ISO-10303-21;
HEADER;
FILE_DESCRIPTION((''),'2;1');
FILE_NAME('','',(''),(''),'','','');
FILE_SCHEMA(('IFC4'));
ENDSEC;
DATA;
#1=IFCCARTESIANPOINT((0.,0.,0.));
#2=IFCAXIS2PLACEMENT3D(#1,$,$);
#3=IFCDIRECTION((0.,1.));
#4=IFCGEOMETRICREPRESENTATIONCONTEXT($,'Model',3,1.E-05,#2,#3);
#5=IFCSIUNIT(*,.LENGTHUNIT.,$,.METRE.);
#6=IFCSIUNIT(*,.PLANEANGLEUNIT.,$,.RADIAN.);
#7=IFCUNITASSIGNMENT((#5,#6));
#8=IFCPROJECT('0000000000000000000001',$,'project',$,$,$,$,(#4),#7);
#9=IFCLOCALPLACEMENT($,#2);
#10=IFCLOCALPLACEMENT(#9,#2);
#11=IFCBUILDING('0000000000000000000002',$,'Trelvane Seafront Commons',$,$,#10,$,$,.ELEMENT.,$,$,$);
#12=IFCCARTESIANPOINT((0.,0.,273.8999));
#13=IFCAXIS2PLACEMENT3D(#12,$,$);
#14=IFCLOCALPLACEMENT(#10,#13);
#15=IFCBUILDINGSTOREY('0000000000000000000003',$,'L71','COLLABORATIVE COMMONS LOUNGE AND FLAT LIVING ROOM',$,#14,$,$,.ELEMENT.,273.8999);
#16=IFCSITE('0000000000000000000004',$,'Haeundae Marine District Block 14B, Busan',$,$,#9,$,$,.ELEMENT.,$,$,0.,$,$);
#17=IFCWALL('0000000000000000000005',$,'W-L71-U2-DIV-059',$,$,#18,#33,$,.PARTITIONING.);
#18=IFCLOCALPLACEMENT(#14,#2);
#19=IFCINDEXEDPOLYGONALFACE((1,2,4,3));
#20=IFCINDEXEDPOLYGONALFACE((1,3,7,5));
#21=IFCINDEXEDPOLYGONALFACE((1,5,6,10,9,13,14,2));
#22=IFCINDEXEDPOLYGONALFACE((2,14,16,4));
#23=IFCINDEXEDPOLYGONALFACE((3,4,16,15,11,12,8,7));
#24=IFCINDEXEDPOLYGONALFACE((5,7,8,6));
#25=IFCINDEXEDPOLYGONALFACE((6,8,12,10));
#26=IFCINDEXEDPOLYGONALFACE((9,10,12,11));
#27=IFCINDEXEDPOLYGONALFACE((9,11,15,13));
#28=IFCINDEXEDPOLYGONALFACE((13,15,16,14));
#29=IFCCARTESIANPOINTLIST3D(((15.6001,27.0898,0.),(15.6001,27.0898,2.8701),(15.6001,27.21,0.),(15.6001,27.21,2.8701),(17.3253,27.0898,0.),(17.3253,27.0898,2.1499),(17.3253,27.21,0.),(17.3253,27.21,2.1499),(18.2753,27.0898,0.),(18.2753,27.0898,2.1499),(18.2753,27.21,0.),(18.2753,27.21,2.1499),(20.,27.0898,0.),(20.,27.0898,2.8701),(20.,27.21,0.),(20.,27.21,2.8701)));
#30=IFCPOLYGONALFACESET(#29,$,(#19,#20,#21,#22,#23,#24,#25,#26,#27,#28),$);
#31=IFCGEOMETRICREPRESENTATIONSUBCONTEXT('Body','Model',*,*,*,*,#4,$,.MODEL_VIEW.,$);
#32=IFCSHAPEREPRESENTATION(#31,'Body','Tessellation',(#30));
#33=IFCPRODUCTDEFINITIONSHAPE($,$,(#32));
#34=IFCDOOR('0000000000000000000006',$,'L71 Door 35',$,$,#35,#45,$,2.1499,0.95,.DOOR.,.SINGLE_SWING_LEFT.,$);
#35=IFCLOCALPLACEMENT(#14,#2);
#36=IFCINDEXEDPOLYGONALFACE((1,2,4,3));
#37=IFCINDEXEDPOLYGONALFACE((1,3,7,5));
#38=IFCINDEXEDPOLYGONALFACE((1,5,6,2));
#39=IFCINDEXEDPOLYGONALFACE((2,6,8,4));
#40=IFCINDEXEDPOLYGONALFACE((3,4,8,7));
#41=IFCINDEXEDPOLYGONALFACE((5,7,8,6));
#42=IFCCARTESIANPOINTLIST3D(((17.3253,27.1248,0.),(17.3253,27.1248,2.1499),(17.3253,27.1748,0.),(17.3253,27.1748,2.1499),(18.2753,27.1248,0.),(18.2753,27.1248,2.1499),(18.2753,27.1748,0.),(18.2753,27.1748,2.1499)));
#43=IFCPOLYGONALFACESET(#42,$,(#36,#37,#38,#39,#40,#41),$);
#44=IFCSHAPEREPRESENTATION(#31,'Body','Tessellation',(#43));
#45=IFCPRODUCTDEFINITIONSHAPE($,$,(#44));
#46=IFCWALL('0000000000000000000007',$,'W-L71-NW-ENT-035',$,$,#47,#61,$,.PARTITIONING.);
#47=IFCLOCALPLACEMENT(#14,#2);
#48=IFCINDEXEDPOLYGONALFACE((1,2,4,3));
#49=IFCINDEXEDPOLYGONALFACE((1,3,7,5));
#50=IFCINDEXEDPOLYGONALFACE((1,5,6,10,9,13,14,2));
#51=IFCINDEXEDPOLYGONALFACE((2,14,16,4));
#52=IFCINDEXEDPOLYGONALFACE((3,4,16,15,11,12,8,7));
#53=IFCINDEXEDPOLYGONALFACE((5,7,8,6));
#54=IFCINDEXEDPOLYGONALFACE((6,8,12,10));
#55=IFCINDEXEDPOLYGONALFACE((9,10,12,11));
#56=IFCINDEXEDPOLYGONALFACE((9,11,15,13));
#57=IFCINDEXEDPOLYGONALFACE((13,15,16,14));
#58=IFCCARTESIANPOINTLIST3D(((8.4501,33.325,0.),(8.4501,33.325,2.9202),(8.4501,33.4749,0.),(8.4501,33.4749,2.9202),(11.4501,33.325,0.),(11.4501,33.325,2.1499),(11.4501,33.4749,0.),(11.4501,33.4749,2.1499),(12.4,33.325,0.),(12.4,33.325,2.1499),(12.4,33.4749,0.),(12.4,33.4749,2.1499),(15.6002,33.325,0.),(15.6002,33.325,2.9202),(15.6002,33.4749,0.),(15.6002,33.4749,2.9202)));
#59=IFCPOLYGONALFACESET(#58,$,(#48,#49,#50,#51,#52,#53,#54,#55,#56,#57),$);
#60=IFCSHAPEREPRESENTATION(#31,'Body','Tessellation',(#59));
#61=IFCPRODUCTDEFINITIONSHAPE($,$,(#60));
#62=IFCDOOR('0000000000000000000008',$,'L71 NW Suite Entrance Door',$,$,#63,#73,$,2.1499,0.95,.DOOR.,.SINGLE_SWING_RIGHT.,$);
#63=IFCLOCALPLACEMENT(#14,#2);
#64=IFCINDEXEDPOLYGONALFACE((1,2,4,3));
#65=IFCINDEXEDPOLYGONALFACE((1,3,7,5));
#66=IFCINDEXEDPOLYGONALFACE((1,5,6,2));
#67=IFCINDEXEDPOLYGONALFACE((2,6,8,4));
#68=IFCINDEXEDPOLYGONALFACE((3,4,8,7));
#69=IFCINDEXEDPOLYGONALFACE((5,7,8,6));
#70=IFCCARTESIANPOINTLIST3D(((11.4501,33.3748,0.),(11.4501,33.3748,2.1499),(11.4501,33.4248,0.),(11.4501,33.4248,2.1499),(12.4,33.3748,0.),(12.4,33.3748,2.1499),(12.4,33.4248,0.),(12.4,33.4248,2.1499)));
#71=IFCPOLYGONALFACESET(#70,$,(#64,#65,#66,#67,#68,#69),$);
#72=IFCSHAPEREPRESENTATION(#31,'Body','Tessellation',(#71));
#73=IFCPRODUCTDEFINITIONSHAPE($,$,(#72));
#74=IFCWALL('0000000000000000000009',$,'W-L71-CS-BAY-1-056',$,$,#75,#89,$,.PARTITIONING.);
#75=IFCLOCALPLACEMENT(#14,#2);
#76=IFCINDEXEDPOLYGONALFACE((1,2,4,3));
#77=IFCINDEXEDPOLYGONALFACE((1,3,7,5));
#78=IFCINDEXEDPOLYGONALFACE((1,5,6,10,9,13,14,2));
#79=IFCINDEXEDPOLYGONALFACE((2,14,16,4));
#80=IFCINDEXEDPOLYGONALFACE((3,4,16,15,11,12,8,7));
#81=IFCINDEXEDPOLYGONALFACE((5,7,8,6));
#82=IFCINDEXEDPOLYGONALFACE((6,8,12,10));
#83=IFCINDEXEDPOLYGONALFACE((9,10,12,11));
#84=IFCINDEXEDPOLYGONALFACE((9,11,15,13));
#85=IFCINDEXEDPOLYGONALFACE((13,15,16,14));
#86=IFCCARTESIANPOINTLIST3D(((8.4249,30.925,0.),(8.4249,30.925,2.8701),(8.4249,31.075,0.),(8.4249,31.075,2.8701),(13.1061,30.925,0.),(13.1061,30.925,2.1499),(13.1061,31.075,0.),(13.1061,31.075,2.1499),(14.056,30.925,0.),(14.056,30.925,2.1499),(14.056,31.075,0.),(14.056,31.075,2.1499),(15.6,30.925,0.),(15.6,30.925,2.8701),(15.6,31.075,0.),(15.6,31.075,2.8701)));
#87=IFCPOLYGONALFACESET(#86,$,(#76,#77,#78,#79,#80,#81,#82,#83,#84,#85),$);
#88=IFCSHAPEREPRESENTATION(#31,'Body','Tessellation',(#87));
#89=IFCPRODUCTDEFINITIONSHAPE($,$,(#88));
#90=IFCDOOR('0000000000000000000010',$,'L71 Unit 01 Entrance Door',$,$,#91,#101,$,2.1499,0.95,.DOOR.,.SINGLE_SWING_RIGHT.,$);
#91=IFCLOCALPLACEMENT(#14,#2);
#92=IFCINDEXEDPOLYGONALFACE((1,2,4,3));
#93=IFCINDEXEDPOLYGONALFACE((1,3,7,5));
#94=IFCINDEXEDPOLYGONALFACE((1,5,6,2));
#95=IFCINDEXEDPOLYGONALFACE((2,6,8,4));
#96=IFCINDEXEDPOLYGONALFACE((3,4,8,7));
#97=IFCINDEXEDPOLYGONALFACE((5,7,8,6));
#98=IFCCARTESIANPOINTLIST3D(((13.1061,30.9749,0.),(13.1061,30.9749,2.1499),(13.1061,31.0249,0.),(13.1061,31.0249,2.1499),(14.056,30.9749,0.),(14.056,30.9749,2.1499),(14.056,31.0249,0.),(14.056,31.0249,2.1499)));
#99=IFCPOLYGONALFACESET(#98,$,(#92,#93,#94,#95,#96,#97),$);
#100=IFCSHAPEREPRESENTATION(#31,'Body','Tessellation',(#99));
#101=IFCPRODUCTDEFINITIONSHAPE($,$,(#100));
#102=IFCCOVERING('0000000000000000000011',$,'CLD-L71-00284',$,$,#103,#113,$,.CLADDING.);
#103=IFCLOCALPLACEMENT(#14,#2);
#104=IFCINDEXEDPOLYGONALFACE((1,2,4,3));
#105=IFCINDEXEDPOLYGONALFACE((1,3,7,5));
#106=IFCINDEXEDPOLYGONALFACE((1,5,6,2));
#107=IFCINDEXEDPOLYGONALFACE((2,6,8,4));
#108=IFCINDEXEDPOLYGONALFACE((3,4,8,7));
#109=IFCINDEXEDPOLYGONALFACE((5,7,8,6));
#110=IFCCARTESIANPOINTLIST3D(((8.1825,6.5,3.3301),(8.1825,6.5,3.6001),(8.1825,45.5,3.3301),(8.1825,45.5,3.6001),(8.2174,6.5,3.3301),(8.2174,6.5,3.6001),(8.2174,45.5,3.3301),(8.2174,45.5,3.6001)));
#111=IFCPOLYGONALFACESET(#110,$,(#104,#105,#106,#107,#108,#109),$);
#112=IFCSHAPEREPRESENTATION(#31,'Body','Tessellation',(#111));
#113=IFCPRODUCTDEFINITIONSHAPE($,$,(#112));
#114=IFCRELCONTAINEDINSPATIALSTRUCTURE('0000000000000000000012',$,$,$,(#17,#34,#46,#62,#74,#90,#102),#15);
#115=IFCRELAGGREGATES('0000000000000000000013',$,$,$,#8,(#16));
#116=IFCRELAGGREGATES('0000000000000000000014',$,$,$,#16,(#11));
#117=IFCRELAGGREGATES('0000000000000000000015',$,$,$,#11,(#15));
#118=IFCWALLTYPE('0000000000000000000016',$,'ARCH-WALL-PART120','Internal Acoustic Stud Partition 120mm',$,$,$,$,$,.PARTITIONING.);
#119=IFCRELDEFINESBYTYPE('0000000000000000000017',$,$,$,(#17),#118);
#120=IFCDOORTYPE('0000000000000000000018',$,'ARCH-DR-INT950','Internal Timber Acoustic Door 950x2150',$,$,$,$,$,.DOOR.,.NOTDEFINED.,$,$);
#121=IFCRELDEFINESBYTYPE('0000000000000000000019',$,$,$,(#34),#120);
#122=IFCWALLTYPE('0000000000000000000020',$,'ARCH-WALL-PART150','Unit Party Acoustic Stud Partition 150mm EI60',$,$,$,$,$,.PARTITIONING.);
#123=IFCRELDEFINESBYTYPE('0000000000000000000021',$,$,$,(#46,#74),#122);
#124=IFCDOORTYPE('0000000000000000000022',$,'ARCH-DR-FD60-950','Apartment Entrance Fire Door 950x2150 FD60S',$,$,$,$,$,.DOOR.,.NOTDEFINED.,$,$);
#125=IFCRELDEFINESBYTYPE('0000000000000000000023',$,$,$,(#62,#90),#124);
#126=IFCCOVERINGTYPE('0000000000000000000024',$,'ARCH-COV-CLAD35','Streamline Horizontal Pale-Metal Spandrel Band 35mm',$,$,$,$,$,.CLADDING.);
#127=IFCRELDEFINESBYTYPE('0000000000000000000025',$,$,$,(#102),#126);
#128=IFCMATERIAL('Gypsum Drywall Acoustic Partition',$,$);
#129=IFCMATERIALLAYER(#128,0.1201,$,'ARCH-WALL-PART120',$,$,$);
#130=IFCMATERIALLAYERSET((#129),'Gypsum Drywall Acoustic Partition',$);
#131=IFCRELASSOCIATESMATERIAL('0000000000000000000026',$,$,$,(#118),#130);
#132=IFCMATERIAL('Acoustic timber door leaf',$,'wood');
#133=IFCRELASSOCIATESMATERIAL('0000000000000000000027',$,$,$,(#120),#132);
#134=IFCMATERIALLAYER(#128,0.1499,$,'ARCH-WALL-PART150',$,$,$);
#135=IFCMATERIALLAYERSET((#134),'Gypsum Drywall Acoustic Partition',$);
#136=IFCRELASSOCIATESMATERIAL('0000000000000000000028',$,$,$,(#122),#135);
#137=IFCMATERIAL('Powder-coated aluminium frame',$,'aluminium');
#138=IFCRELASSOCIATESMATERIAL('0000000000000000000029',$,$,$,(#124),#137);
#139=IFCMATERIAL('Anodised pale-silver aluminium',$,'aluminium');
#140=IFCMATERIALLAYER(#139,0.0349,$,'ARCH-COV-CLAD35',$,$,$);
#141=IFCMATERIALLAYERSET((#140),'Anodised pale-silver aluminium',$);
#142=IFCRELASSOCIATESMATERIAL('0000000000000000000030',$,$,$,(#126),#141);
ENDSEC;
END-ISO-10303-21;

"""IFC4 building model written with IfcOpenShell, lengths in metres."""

from ifc_helpers import new_model, si_unit, direction, frame, frame_2d, origin, origin_2d, place, context, subcontext, project, spatial, rectangle, extrude, source, transform, mapped, material, layer, layer_set, type_object, element, fill, save


model = new_model("IFC4")

# Units and contexts
model_context = context("Model", 3, precision=1e-05, world=origin(), true_north=direction((0.0, 1.0)))
body_context = subcontext(model_context, "Body", "Model", "MODEL_VIEW")
ifc_project = project(units=[si_unit("LENGTHUNIT", "METRE"), si_unit("PLANEANGLEUNIT", "RADIAN")], contexts=[model_context])

# Site, building, storey
site_placement = place(None, origin())
site = spatial("IfcSite", under=ifc_project, at=site_placement, Name="Haeundae Marine District Block 14B, Busan", CompositionType="ELEMENT", RefElevation=0.0)
building_placement = place(site_placement, origin())
building = spatial("IfcBuilding", under=site, at=building_placement, Name="Trelvane Seafront Commons", CompositionType="ELEMENT")
storey_placement = place(building_placement, frame((0.0, 0.0, 273.8999)))
storey = spatial("IfcBuildingStorey", under=building, at=storey_placement, Name="L71", Description="COLLABORATIVE COMMONS LOUNGE AND FLAT LIVING ROOM", CompositionType="ELEMENT", Elevation=273.8999)

# Shared definitions
ifc_material_1 = material(Name="Gypsum Drywall Acoustic Partition")
ifc_layer_1 = layer(ifc_material_1, 0.1201, Name="ARCH-WALL-PART120")
ifc_layer_set_1 = layer_set([ifc_layer_1], Name="Gypsum Drywall Acoustic Partition")
wall_type_1 = type_object("IfcWallType", Name="ARCH-WALL-PART120", Description="Internal Acoustic Stud Partition 120mm", PredefinedType="PARTITIONING", material=ifc_layer_set_1)
ifc_material_2 = material(Name="Acoustic timber door leaf", Category="wood")
door_type_1 = type_object("IfcDoorType", Name="ARCH-DR-INT950", Description="Internal Timber Acoustic Door 950x2150", OperationType="NOTDEFINED", PredefinedType="DOOR", material=ifc_material_2)
shared_shape_1 = source(origin(), body_context, "Body", "SweptSolid", [
    extrude(rectangle(XDim=0.95, YDim=2.1499, at=frame_2d((0.4751, 1.075))), frame((0.0, 0.0249, 0.0), z_axis=(0.0, -1.0, 0.0), x_axis=(1.0, 0.0, 0.0)), (0.0, 0.0, 1.0), 0.05),
])

# Walls, openings, doors
wall_1_placement = place(storey_placement, frame((15.6001, 27.1499, 0.0), z_axis=(0.0, 0.0, 1.0), x_axis=(1.0, 0.0, 0.0)))
wall_1 = element("IfcWall", 1, at=wall_1_placement, inside=storey, type_object=wall_type_1, Name="W-L71-U2-DIV-059", PredefinedType="PARTITIONING", context=body_context, shape_type="SweptSolid", body=[
    extrude(rectangle(XDim=4.3999, YDim=0.1201, at=frame_2d((2.2, 0.0))), origin(), (0.0, 0.0, 1.0), 2.8701),
])
opening_1_placement = place(wall_1_placement, frame((1.7251, 0.0, 0.0)))
opening_1 = element("IfcOpeningElement", 2, at=opening_1_placement, cuts=wall_1, PredefinedType="OPENING", context=body_context, shape_type="SweptSolid", body=[
    extrude(rectangle(XDim=0.95, YDim=2.1499, at=frame_2d((0.4751, 1.075))), frame((0.0, 0.0701, 0.0), z_axis=(0.0, -1.0, 0.0), x_axis=(1.0, 0.0, 0.0)), (0.0, 0.0, 1.0), 0.1401),
])
door_1_placement = place(opening_1_placement, origin())
door_1 = element("IfcDoor", 3, at=door_1_placement, inside=storey, type_object=door_type_1, Name="L71 Door 35", OperationType="SINGLE_SWING_LEFT", OverallHeight=2.1499, OverallWidth=0.95, PredefinedType="DOOR", context=body_context, shape_type="MappedRepresentation", body=[
    mapped(shared_shape_1, transform((0.0, 0.0, 0.0), x_axis=(1.0, 0.0, 0.0), y_axis=(0.0, 1.0, 0.0), z_axis=(0.0, 0.0, 1.0), scale=1.0)),
])
fill(opening_1, door_1)
ifc_layer_2 = layer(ifc_material_1, 0.1499, Name="ARCH-WALL-PART150")
ifc_layer_set_2 = layer_set([ifc_layer_2], Name="Gypsum Drywall Acoustic Partition")
wall_type_2 = type_object("IfcWallType", Name="ARCH-WALL-PART150", Description="Unit Party Acoustic Stud Partition 150mm EI60", PredefinedType="PARTITIONING", material=ifc_layer_set_2)
wall_2_placement = place(storey_placement, frame((8.45, 33.3999, 0.0), z_axis=(0.0, 0.0, 1.0), x_axis=(1.0, 0.0, 0.0)))
wall_2 = element("IfcWall", 4, at=wall_2_placement, inside=storey, type_object=wall_type_2, Name="W-L71-NW-ENT-035", PredefinedType="PARTITIONING", context=body_context, shape_type="SweptSolid", body=[
    extrude(rectangle(XDim=7.1501, YDim=0.1499, at=frame_2d((3.5752, 0.0))), origin(), (0.0, 0.0, 1.0), 2.9202),
])
opening_2_placement = place(wall_2_placement, frame((3.0, 0.0, 0.0)))
opening_2 = element("IfcOpeningElement", 5, at=opening_2_placement, cuts=wall_2, PredefinedType="OPENING", context=body_context, shape_type="SweptSolid", body=[
    extrude(rectangle(XDim=0.95, YDim=2.1499, at=frame_2d((0.4751, 1.075))), frame((0.0, 0.085, 0.0), z_axis=(0.0, -1.0, 0.0), x_axis=(1.0, 0.0, 0.0)), (0.0, 0.0, 1.0), 0.1699),
])
ifc_material_3 = material(Name="Powder-coated aluminium frame", Category="aluminium")
door_type_2 = type_object("IfcDoorType", Name="ARCH-DR-FD60-950", Description="Apartment Entrance Fire Door 950x2150 FD60S", OperationType="NOTDEFINED", PredefinedType="DOOR", material=ifc_material_3)
door_2_placement = place(opening_2_placement, origin())
door_2 = element("IfcDoor", 6, at=door_2_placement, inside=storey, type_object=door_type_2, Name="L71 NW Suite Entrance Door", OperationType="SINGLE_SWING_RIGHT", OverallHeight=2.1499, OverallWidth=0.95, PredefinedType="DOOR", context=body_context, shape_type="MappedRepresentation", body=[
    mapped(shared_shape_1, transform((0.0, 0.0, 0.0), x_axis=(1.0, 0.0, 0.0), y_axis=(0.0, 1.0, 0.0), z_axis=(0.0, 0.0, 1.0), scale=1.0)),
])
fill(opening_2, door_2)
wall_3_placement = place(storey_placement, frame((8.425, 31.0, 0.0), z_axis=(0.0, 0.0, 1.0), x_axis=(1.0, 0.0, 0.0)))
wall_3 = element("IfcWall", 7, at=wall_3_placement, inside=storey, type_object=wall_type_2, Name="W-L71-CS-BAY-1-056", PredefinedType="PARTITIONING", context=body_context, shape_type="SweptSolid", body=[
    extrude(rectangle(XDim=7.175, YDim=0.1499, at=frame_2d((3.5874, 0.0))), origin(), (0.0, 0.0, 1.0), 2.8701),
])
opening_3_placement = place(wall_3_placement, frame((4.6809, 0.0, 0.0)))
opening_3 = element("IfcOpeningElement", 8, at=opening_3_placement, cuts=wall_3, PredefinedType="OPENING", context=body_context, shape_type="SweptSolid", body=[
    extrude(rectangle(XDim=0.95, YDim=2.1499, at=frame_2d((0.4751, 1.075))), frame((0.0, 0.085, 0.0), z_axis=(0.0, -1.0, 0.0), x_axis=(1.0, 0.0, 0.0)), (0.0, 0.0, 1.0), 0.1699),
])
door_3_placement = place(opening_3_placement, origin())
door_3 = element("IfcDoor", 9, at=door_3_placement, inside=storey, type_object=door_type_2, Name="L71 Unit 01 Entrance Door", OperationType="SINGLE_SWING_RIGHT", OverallHeight=2.1499, OverallWidth=0.95, PredefinedType="DOOR", context=body_context, shape_type="MappedRepresentation", body=[
    mapped(shared_shape_1, transform((0.0, 0.0, 0.0), x_axis=(1.0, 0.0, 0.0), y_axis=(0.0, 1.0, 0.0), z_axis=(0.0, 0.0, 1.0), scale=1.0)),
])
fill(opening_3, door_3)

# Covering
ifc_material_4 = material(Name="Anodised pale-silver aluminium", Category="aluminium")
ifc_layer_3 = layer(ifc_material_4, 0.0349, Name="ARCH-COV-CLAD35")
ifc_layer_set_3 = layer_set([ifc_layer_3], Name="Anodised pale-silver aluminium")
covering_type = type_object("IfcCoveringType", Name="ARCH-COV-CLAD35", Description="Streamline Horizontal Pale-Metal Spandrel Band 35mm", PredefinedType="CLADDING", material=ifc_layer_set_3)
shared_shape_2 = source(origin(), body_context, "Body", "SweptSolid", [
    extrude(rectangle(XDim=39.0, YDim=0.0349, at=origin_2d()), origin(), (0.0, 0.0, 1.0), 0.27),
])
covering_placement = place(storey_placement, frame((8.2, 26.0, 3.3301), z_axis=(0.0, 0.0, 1.0), x_axis=(0.0, 1.0, 0.0)))
element("IfcCovering", 10, at=covering_placement, inside=storey, type_object=covering_type, Name="CLD-L71-00284", PredefinedType="CLADDING", context=body_context, shape_type="MappedRepresentation", body=[
    mapped(shared_shape_2, transform((0.0, 0.0, 0.0), x_axis=(1.0, 0.0, 0.0), y_axis=(0.0, 1.0, 0.0), z_axis=(0.0, 0.0, 1.0), scale=1.0)),
])

save(model, "model.ifc")
